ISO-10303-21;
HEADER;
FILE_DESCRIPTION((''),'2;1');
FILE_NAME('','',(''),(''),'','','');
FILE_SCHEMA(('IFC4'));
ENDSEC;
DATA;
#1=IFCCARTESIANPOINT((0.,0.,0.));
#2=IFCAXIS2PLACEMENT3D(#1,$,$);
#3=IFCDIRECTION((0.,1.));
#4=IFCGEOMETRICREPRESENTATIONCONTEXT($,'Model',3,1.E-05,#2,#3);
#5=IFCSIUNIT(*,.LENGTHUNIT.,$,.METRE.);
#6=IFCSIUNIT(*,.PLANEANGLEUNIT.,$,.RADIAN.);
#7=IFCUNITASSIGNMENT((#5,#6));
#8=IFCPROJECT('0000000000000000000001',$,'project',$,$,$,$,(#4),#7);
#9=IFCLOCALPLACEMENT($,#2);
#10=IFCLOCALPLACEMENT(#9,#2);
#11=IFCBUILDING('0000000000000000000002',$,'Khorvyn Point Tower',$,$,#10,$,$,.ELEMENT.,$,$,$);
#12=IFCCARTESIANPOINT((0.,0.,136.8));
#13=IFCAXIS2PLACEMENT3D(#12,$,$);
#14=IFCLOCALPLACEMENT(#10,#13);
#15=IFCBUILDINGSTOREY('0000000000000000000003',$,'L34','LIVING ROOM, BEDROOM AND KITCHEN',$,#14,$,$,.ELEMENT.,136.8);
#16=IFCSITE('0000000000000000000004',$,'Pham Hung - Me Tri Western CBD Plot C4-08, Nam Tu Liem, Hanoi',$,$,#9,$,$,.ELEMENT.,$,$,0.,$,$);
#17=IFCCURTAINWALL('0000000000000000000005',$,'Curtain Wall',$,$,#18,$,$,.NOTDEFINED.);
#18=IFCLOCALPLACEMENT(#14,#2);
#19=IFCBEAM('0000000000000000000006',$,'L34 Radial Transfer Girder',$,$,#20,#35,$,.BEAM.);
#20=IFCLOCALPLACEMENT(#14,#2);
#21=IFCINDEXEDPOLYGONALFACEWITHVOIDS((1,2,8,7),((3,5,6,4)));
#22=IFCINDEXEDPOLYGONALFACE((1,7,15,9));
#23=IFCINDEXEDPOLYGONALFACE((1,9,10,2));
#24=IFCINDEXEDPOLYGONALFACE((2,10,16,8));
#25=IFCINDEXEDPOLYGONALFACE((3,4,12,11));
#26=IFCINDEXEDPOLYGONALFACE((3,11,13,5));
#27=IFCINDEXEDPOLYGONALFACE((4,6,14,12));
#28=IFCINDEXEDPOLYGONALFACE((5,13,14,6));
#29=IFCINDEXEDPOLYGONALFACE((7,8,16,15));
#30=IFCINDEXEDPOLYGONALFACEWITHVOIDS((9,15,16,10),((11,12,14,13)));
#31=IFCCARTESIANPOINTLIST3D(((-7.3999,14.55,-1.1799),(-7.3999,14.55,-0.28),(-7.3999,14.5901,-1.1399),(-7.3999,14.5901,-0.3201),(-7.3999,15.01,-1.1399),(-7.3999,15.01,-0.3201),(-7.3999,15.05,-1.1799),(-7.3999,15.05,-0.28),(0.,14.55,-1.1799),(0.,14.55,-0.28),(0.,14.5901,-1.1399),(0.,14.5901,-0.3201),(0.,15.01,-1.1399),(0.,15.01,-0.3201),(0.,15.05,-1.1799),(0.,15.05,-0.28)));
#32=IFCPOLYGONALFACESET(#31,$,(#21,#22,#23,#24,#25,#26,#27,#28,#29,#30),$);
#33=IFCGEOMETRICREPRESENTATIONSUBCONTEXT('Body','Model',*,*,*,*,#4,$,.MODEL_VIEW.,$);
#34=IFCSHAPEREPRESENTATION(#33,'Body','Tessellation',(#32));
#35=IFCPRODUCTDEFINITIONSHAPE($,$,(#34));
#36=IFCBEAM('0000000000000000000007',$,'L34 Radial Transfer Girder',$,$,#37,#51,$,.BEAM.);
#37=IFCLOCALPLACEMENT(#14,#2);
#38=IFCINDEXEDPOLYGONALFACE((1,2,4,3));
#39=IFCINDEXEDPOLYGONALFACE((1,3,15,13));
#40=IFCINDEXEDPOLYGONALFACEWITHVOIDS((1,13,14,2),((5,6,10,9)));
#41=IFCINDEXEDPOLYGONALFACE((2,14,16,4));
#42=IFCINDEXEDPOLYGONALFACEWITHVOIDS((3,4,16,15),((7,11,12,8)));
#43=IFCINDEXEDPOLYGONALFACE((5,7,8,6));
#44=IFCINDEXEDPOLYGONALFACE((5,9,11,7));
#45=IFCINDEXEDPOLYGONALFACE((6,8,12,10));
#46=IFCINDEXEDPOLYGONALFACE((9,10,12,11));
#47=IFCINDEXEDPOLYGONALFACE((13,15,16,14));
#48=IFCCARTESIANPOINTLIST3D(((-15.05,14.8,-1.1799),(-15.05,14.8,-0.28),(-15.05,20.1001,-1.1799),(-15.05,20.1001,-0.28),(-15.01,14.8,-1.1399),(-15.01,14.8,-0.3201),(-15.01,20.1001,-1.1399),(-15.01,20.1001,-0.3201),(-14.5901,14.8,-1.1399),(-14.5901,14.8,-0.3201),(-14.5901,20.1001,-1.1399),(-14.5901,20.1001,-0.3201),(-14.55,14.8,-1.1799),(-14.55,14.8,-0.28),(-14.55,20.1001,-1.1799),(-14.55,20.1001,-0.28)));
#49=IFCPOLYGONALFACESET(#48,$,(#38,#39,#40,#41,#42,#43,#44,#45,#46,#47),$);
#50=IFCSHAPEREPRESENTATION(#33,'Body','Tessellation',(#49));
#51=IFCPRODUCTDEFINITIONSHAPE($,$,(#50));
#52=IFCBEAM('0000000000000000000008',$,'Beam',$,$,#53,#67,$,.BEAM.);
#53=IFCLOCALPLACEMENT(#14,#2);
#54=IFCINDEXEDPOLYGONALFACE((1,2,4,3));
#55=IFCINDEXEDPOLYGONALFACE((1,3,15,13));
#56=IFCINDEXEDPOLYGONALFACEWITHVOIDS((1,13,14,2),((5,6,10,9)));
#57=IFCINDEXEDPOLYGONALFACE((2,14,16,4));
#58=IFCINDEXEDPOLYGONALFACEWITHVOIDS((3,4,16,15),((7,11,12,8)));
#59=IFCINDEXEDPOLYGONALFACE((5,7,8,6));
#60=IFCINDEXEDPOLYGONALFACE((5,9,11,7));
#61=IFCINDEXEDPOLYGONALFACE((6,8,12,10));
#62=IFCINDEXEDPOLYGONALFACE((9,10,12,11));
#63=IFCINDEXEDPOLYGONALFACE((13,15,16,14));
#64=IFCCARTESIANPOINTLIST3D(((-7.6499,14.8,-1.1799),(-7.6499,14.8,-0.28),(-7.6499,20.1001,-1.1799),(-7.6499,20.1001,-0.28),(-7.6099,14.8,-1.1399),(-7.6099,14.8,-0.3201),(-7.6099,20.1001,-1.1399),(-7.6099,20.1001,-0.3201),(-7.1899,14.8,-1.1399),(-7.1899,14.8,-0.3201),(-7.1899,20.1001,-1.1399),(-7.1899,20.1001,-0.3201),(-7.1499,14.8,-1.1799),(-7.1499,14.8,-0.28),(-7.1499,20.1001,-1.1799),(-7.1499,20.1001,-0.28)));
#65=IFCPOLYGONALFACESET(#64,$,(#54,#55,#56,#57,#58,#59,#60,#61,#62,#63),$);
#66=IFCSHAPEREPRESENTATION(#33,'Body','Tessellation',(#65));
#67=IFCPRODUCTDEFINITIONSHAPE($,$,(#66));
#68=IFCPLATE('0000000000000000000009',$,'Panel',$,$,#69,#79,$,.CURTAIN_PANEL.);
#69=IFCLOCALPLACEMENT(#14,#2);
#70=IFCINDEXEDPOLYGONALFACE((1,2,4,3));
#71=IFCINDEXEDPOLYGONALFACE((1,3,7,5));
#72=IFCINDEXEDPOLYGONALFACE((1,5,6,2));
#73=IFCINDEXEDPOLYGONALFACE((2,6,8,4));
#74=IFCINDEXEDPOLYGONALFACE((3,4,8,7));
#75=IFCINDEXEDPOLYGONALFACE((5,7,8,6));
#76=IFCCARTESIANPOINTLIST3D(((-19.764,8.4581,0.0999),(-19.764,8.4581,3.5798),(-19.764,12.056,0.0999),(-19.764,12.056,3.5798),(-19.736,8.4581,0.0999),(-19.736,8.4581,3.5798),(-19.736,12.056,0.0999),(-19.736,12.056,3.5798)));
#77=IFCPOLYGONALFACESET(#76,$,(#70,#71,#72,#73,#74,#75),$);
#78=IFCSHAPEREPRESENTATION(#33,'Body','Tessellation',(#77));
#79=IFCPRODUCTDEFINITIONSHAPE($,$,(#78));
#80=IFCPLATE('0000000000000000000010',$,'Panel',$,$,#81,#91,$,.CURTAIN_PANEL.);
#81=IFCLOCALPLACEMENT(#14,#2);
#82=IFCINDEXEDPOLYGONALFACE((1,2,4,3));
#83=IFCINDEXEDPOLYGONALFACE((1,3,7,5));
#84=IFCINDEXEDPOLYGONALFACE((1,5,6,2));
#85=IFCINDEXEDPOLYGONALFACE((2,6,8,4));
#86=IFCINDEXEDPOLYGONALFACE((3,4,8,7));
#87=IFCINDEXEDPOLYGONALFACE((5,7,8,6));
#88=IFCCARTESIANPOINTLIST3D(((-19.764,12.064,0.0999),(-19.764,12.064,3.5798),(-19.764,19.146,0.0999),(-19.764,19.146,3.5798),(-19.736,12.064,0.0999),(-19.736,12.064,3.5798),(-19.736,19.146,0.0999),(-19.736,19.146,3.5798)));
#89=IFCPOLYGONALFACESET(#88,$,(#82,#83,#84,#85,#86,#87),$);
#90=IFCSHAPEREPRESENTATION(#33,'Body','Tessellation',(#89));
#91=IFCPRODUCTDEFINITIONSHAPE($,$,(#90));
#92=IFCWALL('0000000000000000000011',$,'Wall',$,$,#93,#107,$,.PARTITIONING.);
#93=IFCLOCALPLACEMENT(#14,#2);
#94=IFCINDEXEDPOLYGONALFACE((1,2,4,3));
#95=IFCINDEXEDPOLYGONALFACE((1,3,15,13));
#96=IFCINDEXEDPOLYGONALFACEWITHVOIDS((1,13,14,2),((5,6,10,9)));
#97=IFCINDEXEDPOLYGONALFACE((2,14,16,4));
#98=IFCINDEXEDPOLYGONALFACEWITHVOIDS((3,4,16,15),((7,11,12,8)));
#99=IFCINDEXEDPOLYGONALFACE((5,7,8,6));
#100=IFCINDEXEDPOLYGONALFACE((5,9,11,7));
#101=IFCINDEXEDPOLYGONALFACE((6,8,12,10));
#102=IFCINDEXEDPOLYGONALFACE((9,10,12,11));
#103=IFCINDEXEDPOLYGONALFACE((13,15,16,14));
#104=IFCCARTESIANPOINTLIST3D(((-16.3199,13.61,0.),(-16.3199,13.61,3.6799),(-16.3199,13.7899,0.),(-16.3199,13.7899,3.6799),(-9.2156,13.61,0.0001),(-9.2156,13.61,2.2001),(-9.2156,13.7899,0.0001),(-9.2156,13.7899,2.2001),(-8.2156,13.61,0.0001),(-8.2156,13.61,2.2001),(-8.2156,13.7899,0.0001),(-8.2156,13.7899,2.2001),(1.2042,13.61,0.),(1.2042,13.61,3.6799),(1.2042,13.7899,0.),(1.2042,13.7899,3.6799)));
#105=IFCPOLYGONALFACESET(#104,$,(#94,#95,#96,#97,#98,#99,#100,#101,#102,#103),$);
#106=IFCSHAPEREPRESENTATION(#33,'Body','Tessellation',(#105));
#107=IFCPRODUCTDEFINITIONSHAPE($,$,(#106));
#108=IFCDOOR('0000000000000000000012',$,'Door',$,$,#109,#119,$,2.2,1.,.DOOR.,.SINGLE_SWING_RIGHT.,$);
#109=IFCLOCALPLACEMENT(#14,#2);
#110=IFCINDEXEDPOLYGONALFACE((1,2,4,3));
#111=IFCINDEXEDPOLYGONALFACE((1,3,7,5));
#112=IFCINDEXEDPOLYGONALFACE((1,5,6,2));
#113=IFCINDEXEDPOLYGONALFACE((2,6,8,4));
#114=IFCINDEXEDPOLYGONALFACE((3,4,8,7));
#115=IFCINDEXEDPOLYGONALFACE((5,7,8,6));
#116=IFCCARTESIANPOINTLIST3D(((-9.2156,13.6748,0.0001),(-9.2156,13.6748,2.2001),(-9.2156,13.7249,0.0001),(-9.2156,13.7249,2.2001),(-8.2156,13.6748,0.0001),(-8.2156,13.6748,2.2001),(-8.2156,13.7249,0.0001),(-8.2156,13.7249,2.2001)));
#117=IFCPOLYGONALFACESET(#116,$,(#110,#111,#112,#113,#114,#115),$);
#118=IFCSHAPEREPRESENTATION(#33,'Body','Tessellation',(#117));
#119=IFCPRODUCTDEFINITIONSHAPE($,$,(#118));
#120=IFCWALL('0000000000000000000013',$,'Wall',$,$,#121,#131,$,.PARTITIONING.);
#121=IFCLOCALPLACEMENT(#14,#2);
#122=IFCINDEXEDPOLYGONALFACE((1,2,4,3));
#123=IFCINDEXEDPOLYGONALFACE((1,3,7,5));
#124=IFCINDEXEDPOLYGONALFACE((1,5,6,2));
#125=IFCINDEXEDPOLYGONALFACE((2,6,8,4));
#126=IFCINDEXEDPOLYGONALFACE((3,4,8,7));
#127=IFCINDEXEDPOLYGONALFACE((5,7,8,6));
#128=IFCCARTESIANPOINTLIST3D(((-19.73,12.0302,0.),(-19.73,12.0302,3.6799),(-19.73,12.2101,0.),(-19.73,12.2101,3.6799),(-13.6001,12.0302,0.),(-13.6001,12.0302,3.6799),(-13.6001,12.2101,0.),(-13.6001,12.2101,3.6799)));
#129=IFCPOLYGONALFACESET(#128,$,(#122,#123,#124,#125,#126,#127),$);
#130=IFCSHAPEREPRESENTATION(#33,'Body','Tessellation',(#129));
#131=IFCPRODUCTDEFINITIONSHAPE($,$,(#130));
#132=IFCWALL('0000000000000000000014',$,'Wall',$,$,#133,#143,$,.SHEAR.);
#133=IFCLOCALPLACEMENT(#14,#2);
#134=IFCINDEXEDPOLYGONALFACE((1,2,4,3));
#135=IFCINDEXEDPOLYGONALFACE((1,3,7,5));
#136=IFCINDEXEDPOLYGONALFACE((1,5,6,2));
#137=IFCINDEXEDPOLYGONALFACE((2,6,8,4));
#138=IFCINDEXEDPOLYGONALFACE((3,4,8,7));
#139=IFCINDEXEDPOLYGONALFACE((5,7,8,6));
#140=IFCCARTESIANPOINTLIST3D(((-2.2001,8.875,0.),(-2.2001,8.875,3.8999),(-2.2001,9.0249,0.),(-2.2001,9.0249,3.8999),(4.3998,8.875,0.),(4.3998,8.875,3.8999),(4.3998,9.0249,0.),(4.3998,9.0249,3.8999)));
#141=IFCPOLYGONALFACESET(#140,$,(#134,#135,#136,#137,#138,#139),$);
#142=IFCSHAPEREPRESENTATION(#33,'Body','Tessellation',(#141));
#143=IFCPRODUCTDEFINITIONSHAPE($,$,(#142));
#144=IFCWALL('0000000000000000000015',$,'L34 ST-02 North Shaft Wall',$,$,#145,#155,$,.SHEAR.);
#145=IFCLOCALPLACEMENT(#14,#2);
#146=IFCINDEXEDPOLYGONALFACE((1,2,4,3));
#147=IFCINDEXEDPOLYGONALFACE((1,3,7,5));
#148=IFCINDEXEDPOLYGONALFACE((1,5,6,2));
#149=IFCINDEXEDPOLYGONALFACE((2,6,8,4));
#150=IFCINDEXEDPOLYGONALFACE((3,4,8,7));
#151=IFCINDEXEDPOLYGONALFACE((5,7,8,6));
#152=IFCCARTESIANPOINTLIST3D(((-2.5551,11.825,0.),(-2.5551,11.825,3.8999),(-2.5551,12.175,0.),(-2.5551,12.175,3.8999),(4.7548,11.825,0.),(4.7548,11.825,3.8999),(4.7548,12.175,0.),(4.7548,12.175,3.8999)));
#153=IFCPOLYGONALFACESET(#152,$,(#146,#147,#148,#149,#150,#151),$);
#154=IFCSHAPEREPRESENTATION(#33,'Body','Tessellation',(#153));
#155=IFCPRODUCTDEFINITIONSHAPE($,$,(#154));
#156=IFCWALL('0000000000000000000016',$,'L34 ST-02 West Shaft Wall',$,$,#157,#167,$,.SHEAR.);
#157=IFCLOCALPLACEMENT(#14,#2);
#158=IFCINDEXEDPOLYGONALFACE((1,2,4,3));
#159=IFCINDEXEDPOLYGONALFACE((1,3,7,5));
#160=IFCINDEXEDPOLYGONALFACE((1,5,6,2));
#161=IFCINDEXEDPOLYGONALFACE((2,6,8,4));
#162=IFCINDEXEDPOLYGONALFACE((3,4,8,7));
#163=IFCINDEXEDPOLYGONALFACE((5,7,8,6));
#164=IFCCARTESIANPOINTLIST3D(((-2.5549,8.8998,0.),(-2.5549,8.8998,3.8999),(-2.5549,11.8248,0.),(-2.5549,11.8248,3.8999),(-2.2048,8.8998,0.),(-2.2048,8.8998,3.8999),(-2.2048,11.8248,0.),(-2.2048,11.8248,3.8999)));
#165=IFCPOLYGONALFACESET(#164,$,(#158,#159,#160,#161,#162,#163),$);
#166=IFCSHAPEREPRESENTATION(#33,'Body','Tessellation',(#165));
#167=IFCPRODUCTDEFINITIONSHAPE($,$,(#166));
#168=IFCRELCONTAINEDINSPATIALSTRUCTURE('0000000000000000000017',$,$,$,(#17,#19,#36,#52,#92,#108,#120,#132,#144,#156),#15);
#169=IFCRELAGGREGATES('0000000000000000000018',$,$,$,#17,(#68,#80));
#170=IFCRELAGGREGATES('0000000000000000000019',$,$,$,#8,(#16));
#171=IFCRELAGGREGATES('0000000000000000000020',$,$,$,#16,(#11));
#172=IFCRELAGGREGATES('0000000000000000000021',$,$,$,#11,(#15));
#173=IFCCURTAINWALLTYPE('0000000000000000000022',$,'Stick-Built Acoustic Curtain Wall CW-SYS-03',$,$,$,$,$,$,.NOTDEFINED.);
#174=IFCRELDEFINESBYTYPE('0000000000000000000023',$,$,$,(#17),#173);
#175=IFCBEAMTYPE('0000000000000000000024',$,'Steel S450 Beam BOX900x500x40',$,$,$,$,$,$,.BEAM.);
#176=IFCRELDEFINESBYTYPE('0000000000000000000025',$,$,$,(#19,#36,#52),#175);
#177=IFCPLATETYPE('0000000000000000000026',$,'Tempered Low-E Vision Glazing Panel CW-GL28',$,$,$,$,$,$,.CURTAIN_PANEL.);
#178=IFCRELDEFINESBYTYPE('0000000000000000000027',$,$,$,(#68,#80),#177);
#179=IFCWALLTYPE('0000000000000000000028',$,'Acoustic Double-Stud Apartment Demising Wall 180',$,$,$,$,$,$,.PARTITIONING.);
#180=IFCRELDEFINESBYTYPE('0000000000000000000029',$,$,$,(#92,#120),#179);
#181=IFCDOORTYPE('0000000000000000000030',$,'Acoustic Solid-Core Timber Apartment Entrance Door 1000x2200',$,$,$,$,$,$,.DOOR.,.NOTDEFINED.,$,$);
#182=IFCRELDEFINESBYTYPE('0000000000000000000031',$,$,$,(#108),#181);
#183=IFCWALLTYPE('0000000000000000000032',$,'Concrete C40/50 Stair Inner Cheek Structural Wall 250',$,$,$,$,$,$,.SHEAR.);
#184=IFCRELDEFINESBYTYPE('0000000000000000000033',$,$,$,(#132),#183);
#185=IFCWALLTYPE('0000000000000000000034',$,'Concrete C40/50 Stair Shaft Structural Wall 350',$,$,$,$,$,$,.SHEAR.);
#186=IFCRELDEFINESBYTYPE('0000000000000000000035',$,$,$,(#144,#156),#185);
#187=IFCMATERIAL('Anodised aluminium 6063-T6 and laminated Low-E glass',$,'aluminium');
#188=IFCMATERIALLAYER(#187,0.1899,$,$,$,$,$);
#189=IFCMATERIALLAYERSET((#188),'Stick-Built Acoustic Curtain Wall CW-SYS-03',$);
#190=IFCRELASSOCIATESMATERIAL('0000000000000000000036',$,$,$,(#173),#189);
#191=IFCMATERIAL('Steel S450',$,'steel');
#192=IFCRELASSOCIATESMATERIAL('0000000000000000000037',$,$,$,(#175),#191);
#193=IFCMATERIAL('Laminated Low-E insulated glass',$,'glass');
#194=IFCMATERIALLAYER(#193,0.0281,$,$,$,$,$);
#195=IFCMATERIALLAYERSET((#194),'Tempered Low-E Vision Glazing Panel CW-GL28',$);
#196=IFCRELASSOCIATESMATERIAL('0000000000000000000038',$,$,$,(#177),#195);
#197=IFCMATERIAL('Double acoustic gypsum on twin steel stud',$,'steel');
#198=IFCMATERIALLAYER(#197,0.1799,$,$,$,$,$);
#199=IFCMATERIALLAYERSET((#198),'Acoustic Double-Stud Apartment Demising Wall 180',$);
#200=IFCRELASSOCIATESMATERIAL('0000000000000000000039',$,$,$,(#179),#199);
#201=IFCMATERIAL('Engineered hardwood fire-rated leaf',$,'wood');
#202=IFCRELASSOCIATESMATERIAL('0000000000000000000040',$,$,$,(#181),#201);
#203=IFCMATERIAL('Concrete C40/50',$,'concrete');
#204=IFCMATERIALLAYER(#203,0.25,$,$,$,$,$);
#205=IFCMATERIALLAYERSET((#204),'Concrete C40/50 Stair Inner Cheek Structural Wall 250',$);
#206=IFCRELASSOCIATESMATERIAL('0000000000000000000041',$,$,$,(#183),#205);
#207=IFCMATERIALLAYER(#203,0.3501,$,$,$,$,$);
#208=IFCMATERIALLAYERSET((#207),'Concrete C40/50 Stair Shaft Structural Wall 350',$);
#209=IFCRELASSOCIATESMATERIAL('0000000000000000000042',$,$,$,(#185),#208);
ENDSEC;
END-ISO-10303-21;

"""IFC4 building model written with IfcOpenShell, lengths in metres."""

from ifc_helpers import new_model, si_unit, direction, frame, frame_2d, origin, origin_2d, place, context, subcontext, project, spatial, rectangle, hollow_rectangle, extrude, material, layer, layer_set, material_profile, profile_set, type_object, element, fill, aggregate, save


model = new_model("IFC4")

# Units and contexts
model_context = context("Model", 3, precision=1e-05, world=origin(), true_north=direction((0.0, 1.0)))
body_context = subcontext(model_context, "Body", "Model", "MODEL_VIEW")
ifc_project = project(units=[si_unit("LENGTHUNIT", "METRE"), si_unit("PLANEANGLEUNIT", "RADIAN")], contexts=[model_context])

# Site, building, storey
site_placement = place(None, origin())
site = spatial("IfcSite", under=ifc_project, at=site_placement, Name="Pham Hung - Me Tri Western CBD Plot C4-08, Nam Tu Liem, Hanoi", CompositionType="ELEMENT", RefElevation=0.0)
building_placement = place(site_placement, origin())
building = spatial("IfcBuilding", under=site, at=building_placement, Name="Khorvyn Point Tower", CompositionType="ELEMENT")
storey_placement = place(building_placement, frame((0.0, 0.0, 136.8)))
storey = spatial("IfcBuildingStorey", under=building, at=storey_placement, Name="L34", Description="LIVING ROOM, BEDROOM AND KITCHEN", CompositionType="ELEMENT", Elevation=136.8)

# Shared definitions
ifc_material_1 = material(Name="Steel S450", Category="steel")

# Curtain wall
ifc_material_2 = material(Name="Anodised aluminium 6063-T6 and laminated Low-E glass", Category="aluminium")
ifc_layer_1 = layer(ifc_material_2, 0.1899)
ifc_layer_set_1 = layer_set([ifc_layer_1], Name="Stick-Built Acoustic Curtain Wall CW-SYS-03")
curtain_wall_type = type_object("IfcCurtainWallType", Name="Stick-Built Acoustic Curtain Wall CW-SYS-03", PredefinedType="NOTDEFINED", material=ifc_layer_set_1)
curtain_wall_placement = place(storey_placement, origin())
curtain_wall = element("IfcCurtainWall", 1, at=curtain_wall_placement, inside=storey, type_object=curtain_wall_type, Name="Curtain Wall", PredefinedType="NOTDEFINED")

# Beams
ifc_material_profile_1 = material_profile(ifc_material_1, hollow_rectangle(XDim=0.5, YDim=0.8999, WallThickness=0.04, at=origin_2d()))
ifc_profile_set_1 = profile_set([ifc_material_profile_1], Name="Steel S450 BOX900x500x40")
beam_type_1 = type_object("IfcBeamType", Name="Steel S450 Beam BOX900x500x40", PredefinedType="BEAM", material=ifc_profile_set_1)
beam_1_placement = place(storey_placement, frame((-7.3999, 14.8, -0.73), z_axis=(1.0, 0.0, 0.0), x_axis=(0.0, 1.0, 0.0)))
element("IfcBeam", 2, at=beam_1_placement, inside=storey, type_object=beam_type_1, Name="L34 Radial Transfer Girder", PredefinedType="BEAM", context=body_context, shape_type="SweptSolid", body=[
    extrude(hollow_rectangle(XDim=0.5, YDim=0.8999, WallThickness=0.04, at=origin_2d()), origin(), (0.0, 0.0, 1.0), 7.3999),
])
for number, where, z_axis, x_axis, name in (
    (3, (-14.8, 14.8, -0.73), (0.0, 1.0, 0.0), (-1.0, 0.0, 0.0), "L34 Radial Transfer Girder"),
    (4, (-7.3999, 14.8, -0.73), (0.0, 1.0, 0.0), (-1.0, 0.0, 0.0), "Beam"),
):
    element("IfcBeam", number, at=place(storey_placement, frame(where, z_axis=z_axis, x_axis=x_axis)), inside=storey, type_object=beam_type_1, Name=name, PredefinedType="BEAM", context=body_context, shape_type="SweptSolid", body=[
        extrude(hollow_rectangle(XDim=0.5, YDim=0.8999, WallThickness=0.04, at=origin_2d()), origin(), (0.0, 0.0, 1.0), 5.3),
    ])

# Plates
ifc_material_3 = material(Name="Laminated Low-E insulated glass", Category="glass")
ifc_layer_2 = layer(ifc_material_3, 0.0281)
ifc_layer_set_2 = layer_set([ifc_layer_2], Name="Tempered Low-E Vision Glazing Panel CW-GL28")
plate_type = type_object("IfcPlateType", Name="Tempered Low-E Vision Glazing Panel CW-GL28", PredefinedType="CURTAIN_PANEL", material=ifc_layer_set_2)
plate_1_placement = place(storey_placement, frame((-19.75, 10.2571, 0.0999), z_axis=(0.0, 0.0, 1.0), x_axis=(0.0, 1.0, 0.0)))
plate_1 = element("IfcPlate", 5, at=plate_1_placement, type_object=plate_type, Name="Panel", PredefinedType="CURTAIN_PANEL", context=body_context, shape_type="SweptSolid", body=[
    extrude(rectangle(XDim=3.5979, YDim=0.0281, at=origin_2d()), origin(), (0.0, 0.0, 1.0), 3.48),
])
plate_2_placement = place(storey_placement, frame((-19.75, 15.605, 0.0999), z_axis=(0.0, 0.0, 1.0), x_axis=(0.0, 1.0, 0.0)))
plate_2 = element("IfcPlate", 6, at=plate_2_placement, type_object=plate_type, Name="Panel", PredefinedType="CURTAIN_PANEL", context=body_context, shape_type="SweptSolid", body=[
    extrude(rectangle(XDim=7.082, YDim=0.0281, at=origin_2d()), origin(), (0.0, 0.0, 1.0), 3.48),
])
aggregate(curtain_wall, [plate_1, plate_2])

# Wall, opening, door
ifc_material_4 = material(Name="Double acoustic gypsum on twin steel stud", Category="steel")
ifc_layer_3 = layer(ifc_material_4, 0.1799)
ifc_layer_set_3 = layer_set([ifc_layer_3], Name="Acoustic Double-Stud Apartment Demising Wall 180")
wall_type_1 = type_object("IfcWallType", Name="Acoustic Double-Stud Apartment Demising Wall 180", PredefinedType="PARTITIONING", material=ifc_layer_set_3)
wall_1_placement = place(storey_placement, frame((-16.3201, 13.7, 0.0), z_axis=(0.0, 0.0, 1.0), x_axis=(1.0, 0.0, 0.0)))
wall_1 = element("IfcWall", 7, at=wall_1_placement, inside=storey, type_object=wall_type_1, Name="Wall", PredefinedType="PARTITIONING", context=body_context, shape_type="SweptSolid", body=[
    extrude(rectangle(XDim=17.5242, YDim=0.1799, at=frame_2d((8.7622, 0.0))), origin(), (0.0, 0.0, 1.0), 3.6799),
])
opening_1_placement = place(wall_1_placement, frame((7.1045, 0.0, 0.0)))
opening_1 = element("IfcOpeningElement", 8, at=opening_1_placement, cuts=wall_1, PredefinedType="OPENING", context=body_context, shape_type="SweptSolid", body=[
    extrude(rectangle(XDim=1.0, YDim=2.2, at=frame_2d((0.5, 1.1001))), frame((0.0, 0.0999, 0.0), z_axis=(0.0, -1.0, 0.0), x_axis=(1.0, 0.0, 0.0)), (0.0, 0.0, 1.0), 0.2),
])
ifc_material_5 = material(Name="Engineered hardwood fire-rated leaf", Category="wood")
door_type_1 = type_object("IfcDoorType", Name="Acoustic Solid-Core Timber Apartment Entrance Door 1000x2200", OperationType="NOTDEFINED", PredefinedType="DOOR", material=ifc_material_5)
door_1_placement = place(opening_1_placement, origin())
door_1 = element("IfcDoor", 9, at=door_1_placement, inside=storey, type_object=door_type_1, Name="Door", OperationType="SINGLE_SWING_RIGHT", OverallHeight=2.2, OverallWidth=1.0, PredefinedType="DOOR", context=body_context, shape_type="SweptSolid", body=[
    extrude(rectangle(XDim=1.0, YDim=2.2, at=frame_2d((0.5, 1.1001))), frame((0.0, 0.0249, 0.0), z_axis=(0.0, -1.0, 0.0), x_axis=(1.0, 0.0, 0.0)), (0.0, 0.0, 1.0), 0.05),
])
fill(opening_1, door_1)

# Walls
wall_2_placement = place(storey_placement, frame((-19.73, 12.1201, 0.0), z_axis=(0.0, 0.0, 1.0), x_axis=(1.0, 0.0, 0.0)))
element("IfcWall", 10, at=wall_2_placement, inside=storey, type_object=wall_type_1, Name="Wall", PredefinedType="PARTITIONING", context=body_context, shape_type="SweptSolid", body=[
    extrude(rectangle(XDim=6.1299, YDim=0.1799, at=frame_2d((3.0649, 0.0))), origin(), (0.0, 0.0, 1.0), 3.6799),
])
ifc_material_6 = material(Name="Concrete C40/50", Category="concrete")
ifc_layer_4 = layer(ifc_material_6, 0.25)
ifc_layer_set_4 = layer_set([ifc_layer_4], Name="Concrete C40/50 Stair Inner Cheek Structural Wall 250")
wall_type_2 = type_object("IfcWallType", Name="Concrete C40/50 Stair Inner Cheek Structural Wall 250", PredefinedType="SHEAR", material=ifc_layer_set_4)
wall_3_placement = place(storey_placement, frame((-2.2, 8.95, 0.0), z_axis=(0.0, 0.0, 1.0), x_axis=(1.0, 0.0, 0.0)))
element("IfcWall", 11, at=wall_3_placement, inside=storey, type_object=wall_type_2, Name="Wall", PredefinedType="SHEAR", context=body_context, shape_type="SweptSolid", body=[
    extrude(rectangle(XDim=6.5999, YDim=0.1499, at=frame_2d((3.2998, 0.0))), origin(), (0.0, 0.0, 1.0), 3.8999),
])
ifc_layer_5 = layer(ifc_material_6, 0.3501)
ifc_layer_set_5 = layer_set([ifc_layer_5], Name="Concrete C40/50 Stair Shaft Structural Wall 350")
wall_type_3 = type_object("IfcWallType", Name="Concrete C40/50 Stair Shaft Structural Wall 350", PredefinedType="SHEAR", material=ifc_layer_set_5)
wall_4_placement = place(storey_placement, frame((-2.5549, 12.0, 0.0), z_axis=(0.0, 0.0, 1.0), x_axis=(1.0, 0.0, 0.0)))
element("IfcWall", 12, at=wall_4_placement, inside=storey, type_object=wall_type_3, Name="L34 ST-02 North Shaft Wall", PredefinedType="SHEAR", context=body_context, shape_type="SweptSolid", body=[
    extrude(rectangle(XDim=7.3098, YDim=0.3501, at=frame_2d((3.6548, 0.0))), origin(), (0.0, 0.0, 1.0), 3.8999),
])
wall_5_placement = place(storey_placement, frame((-2.3799, 8.8999, 0.0), z_axis=(0.0, 0.0, 1.0), x_axis=(0.0, 1.0, 0.0)))
element("IfcWall", 13, at=wall_5_placement, inside=storey, type_object=wall_type_3, Name="L34 ST-02 West Shaft Wall", PredefinedType="SHEAR", context=body_context, shape_type="SweptSolid", body=[
    extrude(rectangle(XDim=2.925, YDim=0.3501, at=frame_2d((1.4624, 0.0))), origin(), (0.0, 0.0, 1.0), 3.8999),
])

save(model, "model.ifc")
